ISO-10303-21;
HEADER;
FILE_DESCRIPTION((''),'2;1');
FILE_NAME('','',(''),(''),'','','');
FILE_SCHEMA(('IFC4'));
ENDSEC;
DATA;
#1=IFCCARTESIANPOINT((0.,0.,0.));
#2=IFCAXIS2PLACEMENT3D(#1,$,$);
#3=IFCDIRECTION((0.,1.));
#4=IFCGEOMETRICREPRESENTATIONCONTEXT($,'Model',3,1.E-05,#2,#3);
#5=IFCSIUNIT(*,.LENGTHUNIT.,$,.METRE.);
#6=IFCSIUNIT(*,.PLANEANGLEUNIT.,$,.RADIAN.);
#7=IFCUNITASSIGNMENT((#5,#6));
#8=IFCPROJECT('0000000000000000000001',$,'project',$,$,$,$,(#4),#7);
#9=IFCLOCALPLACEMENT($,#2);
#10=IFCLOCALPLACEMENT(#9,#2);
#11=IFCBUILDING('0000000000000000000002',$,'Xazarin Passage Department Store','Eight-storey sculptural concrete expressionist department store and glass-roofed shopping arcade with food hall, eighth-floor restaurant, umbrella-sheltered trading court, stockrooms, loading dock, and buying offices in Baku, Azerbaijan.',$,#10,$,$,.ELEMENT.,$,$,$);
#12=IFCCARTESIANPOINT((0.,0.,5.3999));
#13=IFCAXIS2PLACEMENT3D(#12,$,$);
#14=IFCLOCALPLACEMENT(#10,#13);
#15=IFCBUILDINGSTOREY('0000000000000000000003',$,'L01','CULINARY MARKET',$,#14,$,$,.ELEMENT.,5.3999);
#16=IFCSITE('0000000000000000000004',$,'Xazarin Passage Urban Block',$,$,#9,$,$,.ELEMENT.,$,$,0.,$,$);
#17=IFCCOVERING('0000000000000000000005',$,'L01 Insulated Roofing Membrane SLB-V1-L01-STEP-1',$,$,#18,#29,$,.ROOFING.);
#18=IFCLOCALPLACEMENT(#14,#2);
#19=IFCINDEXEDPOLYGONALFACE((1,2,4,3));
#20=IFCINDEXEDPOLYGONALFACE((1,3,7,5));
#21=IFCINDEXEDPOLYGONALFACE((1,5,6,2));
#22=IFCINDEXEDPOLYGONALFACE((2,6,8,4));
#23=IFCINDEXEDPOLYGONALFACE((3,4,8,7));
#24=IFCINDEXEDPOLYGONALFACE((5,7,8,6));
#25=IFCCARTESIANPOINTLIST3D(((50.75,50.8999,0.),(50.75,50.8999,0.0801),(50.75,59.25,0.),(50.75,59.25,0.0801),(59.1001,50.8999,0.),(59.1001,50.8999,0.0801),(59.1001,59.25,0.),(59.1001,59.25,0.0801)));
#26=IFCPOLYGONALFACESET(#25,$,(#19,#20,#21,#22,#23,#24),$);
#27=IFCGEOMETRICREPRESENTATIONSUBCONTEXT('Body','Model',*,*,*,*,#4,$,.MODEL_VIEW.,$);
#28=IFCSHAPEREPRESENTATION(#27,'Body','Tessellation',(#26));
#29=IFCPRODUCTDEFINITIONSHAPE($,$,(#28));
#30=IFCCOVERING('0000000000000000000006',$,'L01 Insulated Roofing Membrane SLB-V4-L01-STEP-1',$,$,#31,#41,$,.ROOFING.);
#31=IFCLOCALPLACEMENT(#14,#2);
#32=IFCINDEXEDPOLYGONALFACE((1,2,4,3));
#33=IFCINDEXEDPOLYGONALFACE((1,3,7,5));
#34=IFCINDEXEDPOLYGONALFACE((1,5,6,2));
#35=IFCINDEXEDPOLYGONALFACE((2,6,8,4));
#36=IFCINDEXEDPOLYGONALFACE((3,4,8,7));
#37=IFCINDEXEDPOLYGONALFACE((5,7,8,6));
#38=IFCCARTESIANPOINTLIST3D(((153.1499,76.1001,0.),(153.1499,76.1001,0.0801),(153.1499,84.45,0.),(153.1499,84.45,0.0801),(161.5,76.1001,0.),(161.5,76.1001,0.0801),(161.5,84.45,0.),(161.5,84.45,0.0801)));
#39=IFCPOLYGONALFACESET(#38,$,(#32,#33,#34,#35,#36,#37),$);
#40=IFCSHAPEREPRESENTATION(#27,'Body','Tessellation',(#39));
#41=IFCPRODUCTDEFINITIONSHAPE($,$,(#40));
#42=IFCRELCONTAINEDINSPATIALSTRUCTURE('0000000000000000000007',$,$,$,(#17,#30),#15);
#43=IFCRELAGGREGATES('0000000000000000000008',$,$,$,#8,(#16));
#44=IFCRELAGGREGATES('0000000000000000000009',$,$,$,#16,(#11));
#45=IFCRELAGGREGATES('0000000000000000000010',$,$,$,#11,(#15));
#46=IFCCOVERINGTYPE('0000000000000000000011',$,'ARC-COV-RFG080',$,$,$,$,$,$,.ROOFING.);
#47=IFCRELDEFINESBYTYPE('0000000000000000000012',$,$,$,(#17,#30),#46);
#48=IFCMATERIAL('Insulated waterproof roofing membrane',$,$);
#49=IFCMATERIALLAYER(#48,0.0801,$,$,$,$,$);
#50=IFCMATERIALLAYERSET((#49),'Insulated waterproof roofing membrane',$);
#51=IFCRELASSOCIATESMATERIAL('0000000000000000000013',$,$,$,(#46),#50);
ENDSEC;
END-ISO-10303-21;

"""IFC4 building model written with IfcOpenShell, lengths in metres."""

from ifc_helpers import new_model, si_unit, direction, frame, origin, place, context, subcontext, project, spatial, polyline, outline, extrude, material, layer, layer_set, type_object, element, save


model = new_model("IFC4")

# Units and contexts
model_context = context("Model", 3, precision=1e-05, world=origin(), true_north=direction((0.0, 1.0)))
body_context = subcontext(model_context, "Body", "Model", "MODEL_VIEW")
ifc_project = project(units=[si_unit("LENGTHUNIT", "METRE"), si_unit("PLANEANGLEUNIT", "RADIAN")], contexts=[model_context])

# Site, building, storey
site_placement = place(None, origin())
site = spatial("IfcSite", under=ifc_project, at=site_placement, Name="Xazarin Passage Urban Block", CompositionType="ELEMENT", RefElevation=0.0)
building_placement = place(site_placement, origin())
building = spatial("IfcBuilding", under=site, at=building_placement, Name="Xazarin Passage Department Store", Description="Eight-storey sculptural concrete expressionist department store and glass-roofed shopping arcade with food hall, eighth-floor restaurant, umbrella-sheltered trading court, stockrooms, loading dock, and buying offices in Baku, Azerbaijan.", CompositionType="ELEMENT")
storey_placement = place(building_placement, frame((0.0, 0.0, 5.3999)))
storey = spatial("IfcBuildingStorey", under=building, at=storey_placement, Name="L01", Description="CULINARY MARKET", CompositionType="ELEMENT", Elevation=5.3999)

# Coverings
ifc_material_1 = material(Name="Insulated waterproof roofing membrane")
ifc_layer_1 = layer(ifc_material_1, 0.0801)
ifc_layer_set_1 = layer_set([ifc_layer_1], Name="Insulated waterproof roofing membrane")
covering_type_1 = type_object("IfcCoveringType", Name="ARC-COV-RFG080", PredefinedType="ROOFING", material=ifc_layer_set_1)
covering_1_placement = place(storey_placement, origin())
element("IfcCovering", 1, at=covering_1_placement, inside=storey, type_object=covering_type_1, Name="L01 Insulated Roofing Membrane SLB-V1-L01-STEP-1", PredefinedType="ROOFING", context=body_context, shape_type="SweptSolid", body=[
    extrude(outline(polyline([(50.75, 59.25), (50.75, 50.8999), (59.1001, 50.8999), (59.1001, 59.25), (50.75, 59.25)])), origin(), (0.0, 0.0, 1.0), 0.0801),
])
covering_2_placement = place(storey_placement, origin())
element("IfcCovering", 2, at=covering_2_placement, inside=storey, type_object=covering_type_1, Name="L01 Insulated Roofing Membrane SLB-V4-L01-STEP-1", PredefinedType="ROOFING", context=body_context, shape_type="SweptSolid", body=[
    extrude(outline(polyline([(153.1499, 84.45), (153.1499, 76.1001), (161.5, 76.1001), (161.5, 84.45), (153.1499, 84.45)])), origin(), (0.0, 0.0, 1.0), 0.0801),
])

save(model, "model.ifc")
